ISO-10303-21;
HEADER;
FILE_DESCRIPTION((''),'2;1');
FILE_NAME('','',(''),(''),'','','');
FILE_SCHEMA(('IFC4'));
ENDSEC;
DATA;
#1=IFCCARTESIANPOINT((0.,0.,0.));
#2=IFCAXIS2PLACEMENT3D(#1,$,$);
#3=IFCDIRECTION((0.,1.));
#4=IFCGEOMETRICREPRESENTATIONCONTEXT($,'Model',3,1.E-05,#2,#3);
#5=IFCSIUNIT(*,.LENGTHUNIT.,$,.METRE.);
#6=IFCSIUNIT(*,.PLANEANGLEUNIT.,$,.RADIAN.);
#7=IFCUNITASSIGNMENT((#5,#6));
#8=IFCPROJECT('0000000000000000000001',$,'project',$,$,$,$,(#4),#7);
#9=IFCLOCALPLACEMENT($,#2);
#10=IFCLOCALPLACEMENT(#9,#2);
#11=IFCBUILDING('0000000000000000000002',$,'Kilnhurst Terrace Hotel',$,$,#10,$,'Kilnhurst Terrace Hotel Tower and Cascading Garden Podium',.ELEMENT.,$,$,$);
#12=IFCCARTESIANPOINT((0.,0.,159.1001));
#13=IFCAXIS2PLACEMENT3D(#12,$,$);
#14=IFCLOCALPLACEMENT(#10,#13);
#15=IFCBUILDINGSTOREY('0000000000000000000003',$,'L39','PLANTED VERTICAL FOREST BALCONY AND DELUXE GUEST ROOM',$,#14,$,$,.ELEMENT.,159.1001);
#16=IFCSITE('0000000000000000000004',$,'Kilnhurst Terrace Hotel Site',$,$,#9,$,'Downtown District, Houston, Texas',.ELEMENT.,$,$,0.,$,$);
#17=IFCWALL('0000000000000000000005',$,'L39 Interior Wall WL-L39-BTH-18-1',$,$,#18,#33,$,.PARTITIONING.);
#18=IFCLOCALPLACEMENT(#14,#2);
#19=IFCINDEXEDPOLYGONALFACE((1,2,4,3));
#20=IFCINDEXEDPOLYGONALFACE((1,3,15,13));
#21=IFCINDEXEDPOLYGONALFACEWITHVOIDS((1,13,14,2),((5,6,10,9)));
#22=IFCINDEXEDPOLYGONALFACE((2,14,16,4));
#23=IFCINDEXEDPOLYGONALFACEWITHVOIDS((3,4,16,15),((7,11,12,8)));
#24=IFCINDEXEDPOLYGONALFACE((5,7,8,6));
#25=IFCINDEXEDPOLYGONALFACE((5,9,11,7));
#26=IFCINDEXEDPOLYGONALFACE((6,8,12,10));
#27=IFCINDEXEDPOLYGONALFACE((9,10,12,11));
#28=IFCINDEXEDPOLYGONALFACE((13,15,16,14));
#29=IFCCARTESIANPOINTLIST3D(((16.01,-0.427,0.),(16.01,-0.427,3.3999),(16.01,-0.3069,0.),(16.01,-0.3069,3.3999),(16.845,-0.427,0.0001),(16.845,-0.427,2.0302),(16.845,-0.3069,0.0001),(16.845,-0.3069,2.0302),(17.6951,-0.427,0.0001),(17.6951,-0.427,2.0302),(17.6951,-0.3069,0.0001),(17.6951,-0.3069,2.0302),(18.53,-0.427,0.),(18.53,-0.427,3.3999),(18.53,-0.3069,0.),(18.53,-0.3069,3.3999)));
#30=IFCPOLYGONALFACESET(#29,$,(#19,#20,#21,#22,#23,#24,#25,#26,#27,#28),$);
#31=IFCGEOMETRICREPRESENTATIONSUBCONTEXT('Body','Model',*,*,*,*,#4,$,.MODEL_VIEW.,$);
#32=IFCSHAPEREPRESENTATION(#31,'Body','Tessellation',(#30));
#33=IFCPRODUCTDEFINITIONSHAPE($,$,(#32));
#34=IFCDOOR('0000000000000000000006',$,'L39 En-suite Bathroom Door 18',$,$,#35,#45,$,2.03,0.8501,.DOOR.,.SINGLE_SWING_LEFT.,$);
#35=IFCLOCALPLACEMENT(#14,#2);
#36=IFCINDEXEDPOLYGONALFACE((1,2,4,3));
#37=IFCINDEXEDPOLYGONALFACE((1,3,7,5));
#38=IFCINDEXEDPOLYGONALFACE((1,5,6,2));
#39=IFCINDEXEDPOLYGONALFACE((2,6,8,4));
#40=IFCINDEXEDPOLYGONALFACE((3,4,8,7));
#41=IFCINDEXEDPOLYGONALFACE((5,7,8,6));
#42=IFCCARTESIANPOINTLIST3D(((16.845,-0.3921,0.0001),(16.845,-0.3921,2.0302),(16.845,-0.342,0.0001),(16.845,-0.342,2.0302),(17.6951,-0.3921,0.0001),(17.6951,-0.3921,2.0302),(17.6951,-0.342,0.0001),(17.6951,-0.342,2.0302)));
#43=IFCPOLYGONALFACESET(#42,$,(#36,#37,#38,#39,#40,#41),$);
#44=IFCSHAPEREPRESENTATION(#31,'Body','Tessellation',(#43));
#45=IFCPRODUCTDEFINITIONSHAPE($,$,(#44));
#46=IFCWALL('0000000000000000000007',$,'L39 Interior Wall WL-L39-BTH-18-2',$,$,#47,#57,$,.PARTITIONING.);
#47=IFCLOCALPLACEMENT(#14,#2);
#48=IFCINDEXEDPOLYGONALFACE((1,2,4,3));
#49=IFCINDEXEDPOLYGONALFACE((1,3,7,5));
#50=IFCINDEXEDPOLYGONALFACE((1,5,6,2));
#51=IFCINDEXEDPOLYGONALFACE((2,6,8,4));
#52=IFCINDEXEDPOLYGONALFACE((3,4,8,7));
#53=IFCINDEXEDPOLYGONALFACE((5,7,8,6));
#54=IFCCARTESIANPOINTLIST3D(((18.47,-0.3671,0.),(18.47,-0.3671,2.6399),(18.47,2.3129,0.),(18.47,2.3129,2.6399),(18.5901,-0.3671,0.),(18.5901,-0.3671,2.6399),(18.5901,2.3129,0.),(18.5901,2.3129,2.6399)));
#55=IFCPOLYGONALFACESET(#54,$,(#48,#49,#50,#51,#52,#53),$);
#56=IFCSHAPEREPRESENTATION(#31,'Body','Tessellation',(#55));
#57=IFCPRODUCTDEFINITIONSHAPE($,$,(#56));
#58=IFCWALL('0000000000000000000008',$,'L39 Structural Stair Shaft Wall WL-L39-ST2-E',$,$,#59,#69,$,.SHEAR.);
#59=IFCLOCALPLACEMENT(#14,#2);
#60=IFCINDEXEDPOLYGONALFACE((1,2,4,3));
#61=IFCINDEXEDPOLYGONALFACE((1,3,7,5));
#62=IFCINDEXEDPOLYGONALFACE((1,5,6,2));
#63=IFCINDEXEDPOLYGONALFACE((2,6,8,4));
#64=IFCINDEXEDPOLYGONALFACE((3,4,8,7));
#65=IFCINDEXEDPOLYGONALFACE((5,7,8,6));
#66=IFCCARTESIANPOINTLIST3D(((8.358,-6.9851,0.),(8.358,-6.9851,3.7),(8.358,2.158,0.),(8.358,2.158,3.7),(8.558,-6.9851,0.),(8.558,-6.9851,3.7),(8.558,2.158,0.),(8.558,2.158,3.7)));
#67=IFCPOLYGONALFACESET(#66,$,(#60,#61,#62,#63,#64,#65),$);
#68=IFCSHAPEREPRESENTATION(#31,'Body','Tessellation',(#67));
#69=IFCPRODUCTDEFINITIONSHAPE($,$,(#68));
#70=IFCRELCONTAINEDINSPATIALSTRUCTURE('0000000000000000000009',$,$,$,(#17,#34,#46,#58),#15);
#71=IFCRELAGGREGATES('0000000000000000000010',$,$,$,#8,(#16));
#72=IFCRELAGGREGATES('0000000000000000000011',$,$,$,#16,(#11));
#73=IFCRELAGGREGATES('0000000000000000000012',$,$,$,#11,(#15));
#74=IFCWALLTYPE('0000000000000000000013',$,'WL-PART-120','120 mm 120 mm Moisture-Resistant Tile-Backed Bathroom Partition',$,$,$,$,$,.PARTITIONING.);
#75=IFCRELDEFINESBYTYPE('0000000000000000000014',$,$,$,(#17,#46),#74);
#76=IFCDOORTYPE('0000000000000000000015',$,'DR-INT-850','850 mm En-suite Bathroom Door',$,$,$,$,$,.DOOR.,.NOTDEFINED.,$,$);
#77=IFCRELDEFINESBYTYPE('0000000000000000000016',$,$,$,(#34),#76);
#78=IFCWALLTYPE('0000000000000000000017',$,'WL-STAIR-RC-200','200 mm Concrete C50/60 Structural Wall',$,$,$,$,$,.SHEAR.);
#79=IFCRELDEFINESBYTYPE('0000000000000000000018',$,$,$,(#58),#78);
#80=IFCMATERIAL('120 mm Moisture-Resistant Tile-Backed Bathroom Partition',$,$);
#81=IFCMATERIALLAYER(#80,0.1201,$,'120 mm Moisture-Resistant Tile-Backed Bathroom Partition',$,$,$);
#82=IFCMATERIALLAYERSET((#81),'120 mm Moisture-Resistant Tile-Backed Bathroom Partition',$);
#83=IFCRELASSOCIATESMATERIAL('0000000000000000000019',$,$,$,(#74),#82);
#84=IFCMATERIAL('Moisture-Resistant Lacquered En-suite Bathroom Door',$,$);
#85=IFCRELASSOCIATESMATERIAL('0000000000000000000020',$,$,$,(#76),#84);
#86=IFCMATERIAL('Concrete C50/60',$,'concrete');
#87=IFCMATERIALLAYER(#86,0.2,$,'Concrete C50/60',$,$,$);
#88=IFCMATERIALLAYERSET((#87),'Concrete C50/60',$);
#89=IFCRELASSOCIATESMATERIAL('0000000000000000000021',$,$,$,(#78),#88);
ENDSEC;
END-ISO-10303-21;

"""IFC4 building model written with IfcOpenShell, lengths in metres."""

from ifc_helpers import new_model, si_unit, direction, frame, frame_2d, origin, place, context, subcontext, project, spatial, rectangle, extrude, material, layer, layer_set, type_object, element, fill, save


model = new_model("IFC4")

# Units and contexts
model_context = context("Model", 3, precision=1e-05, world=origin(), true_north=direction((0.0, 1.0)))
body_context = subcontext(model_context, "Body", "Model", "MODEL_VIEW")
ifc_project = project(units=[si_unit("LENGTHUNIT", "METRE"), si_unit("PLANEANGLEUNIT", "RADIAN")], contexts=[model_context])

# Site, building, storey
site_placement = place(None, origin())
site = spatial("IfcSite", under=ifc_project, at=site_placement, Name="Kilnhurst Terrace Hotel Site", LongName="Downtown District, Houston, Texas", CompositionType="ELEMENT", RefElevation=0.0)
building_placement = place(site_placement, origin())
building = spatial("IfcBuilding", under=site, at=building_placement, Name="Kilnhurst Terrace Hotel", LongName="Kilnhurst Terrace Hotel Tower and Cascading Garden Podium", CompositionType="ELEMENT")
storey_placement = place(building_placement, frame((0.0, 0.0, 159.1001)))
storey = spatial("IfcBuildingStorey", under=building, at=storey_placement, Name="L39", Description="PLANTED VERTICAL FOREST BALCONY AND DELUXE GUEST ROOM", CompositionType="ELEMENT", Elevation=159.1001)

# Shared definitions
ifc_material_1 = material(Name="Concrete C50/60", Category="concrete")

# Wall, opening, door
ifc_material_2 = material(Name="120 mm Moisture-Resistant Tile-Backed Bathroom Partition")
ifc_layer_1 = layer(ifc_material_2, 0.1201, Name="120 mm Moisture-Resistant Tile-Backed Bathroom Partition")
ifc_layer_set_1 = layer_set([ifc_layer_1], Name="120 mm Moisture-Resistant Tile-Backed Bathroom Partition")
wall_type_1 = type_object("IfcWallType", Name="WL-PART-120", Description="120 mm 120 mm Moisture-Resistant Tile-Backed Bathroom Partition", PredefinedType="PARTITIONING", material=ifc_layer_set_1)
wall_1_placement = place(storey_placement, frame((16.01, -0.3669, 0.0), z_axis=(0.0, 0.0, 1.0), x_axis=(1.0, 0.0, 0.0)))
wall_1 = element("IfcWall", 1, at=wall_1_placement, inside=storey, type_object=wall_type_1, Name="L39 Interior Wall WL-L39-BTH-18-1", PredefinedType="PARTITIONING", context=body_context, shape_type="SweptSolid", body=[
    extrude(rectangle(XDim=2.52, YDim=0.1201, at=frame_2d((1.26, 0.0))), origin(), (0.0, 0.0, 1.0), 3.3999),
])
opening_1_placement = place(wall_1_placement, frame((0.835, 0.0, 0.0)))
opening_1 = element("IfcOpeningElement", 2, at=opening_1_placement, cuts=wall_1, PredefinedType="OPENING", context=body_context, shape_type="SweptSolid", body=[
    extrude(rectangle(XDim=0.8501, YDim=2.03, at=frame_2d((0.425, 1.0151))), frame((0.0, 0.0701, 0.0), z_axis=(0.0, -1.0, 0.0), x_axis=(1.0, 0.0, 0.0)), (0.0, 0.0, 1.0), 0.1401),
])
ifc_material_3 = material(Name="Moisture-Resistant Lacquered En-suite Bathroom Door")
door_type_1 = type_object("IfcDoorType", Name="DR-INT-850", Description="850 mm En-suite Bathroom Door", OperationType="NOTDEFINED", PredefinedType="DOOR", material=ifc_material_3)
door_1_placement = place(opening_1_placement, origin())
door_1 = element("IfcDoor", 3, at=door_1_placement, inside=storey, type_object=door_type_1, Name="L39 En-suite Bathroom Door 18", OperationType="SINGLE_SWING_LEFT", OverallHeight=2.03, OverallWidth=0.8501, PredefinedType="DOOR", context=body_context, shape_type="SweptSolid", body=[
    extrude(rectangle(XDim=0.8501, YDim=2.03, at=frame_2d((0.425, 1.0151))), frame((0.0, 0.0249, 0.0), z_axis=(0.0, -1.0, 0.0), x_axis=(1.0, 0.0, 0.0)), (0.0, 0.0, 1.0), 0.05),
])
fill(opening_1, door_1)

# Walls
wall_2_placement = place(storey_placement, frame((18.53, -0.3669, 0.0), z_axis=(0.0, 0.0, 1.0), x_axis=(0.0, 1.0, 0.0)))
element("IfcWall", 4, at=wall_2_placement, inside=storey, type_object=wall_type_1, Name="L39 Interior Wall WL-L39-BTH-18-2", PredefinedType="PARTITIONING", context=body_context, shape_type="SweptSolid", body=[
    extrude(rectangle(XDim=2.6799, YDim=0.1201, at=frame_2d((1.3398, 0.0))), origin(), (0.0, 0.0, 1.0), 2.6399),
])
ifc_layer_2 = layer(ifc_material_1, 0.2, Name="Concrete C50/60")
ifc_layer_set_2 = layer_set([ifc_layer_2], Name="Concrete C50/60")
wall_type_2 = type_object("IfcWallType", Name="WL-STAIR-RC-200", Description="200 mm Concrete C50/60 Structural Wall", PredefinedType="SHEAR", material=ifc_layer_set_2)
wall_3_placement = place(storey_placement, frame((8.458, -6.9851, 0.0), z_axis=(0.0, 0.0, 1.0), x_axis=(0.0, 1.0, 0.0)))
element("IfcWall", 5, at=wall_3_placement, inside=storey, type_object=wall_type_2, Name="L39 Structural Stair Shaft Wall WL-L39-ST2-E", PredefinedType="SHEAR", context=body_context, shape_type="SweptSolid", body=[
    extrude(rectangle(XDim=9.1431, YDim=0.2, at=frame_2d((4.5715, 0.0))), origin(), (0.0, 0.0, 1.0), 3.7),
])

save(model, "model.ifc")
